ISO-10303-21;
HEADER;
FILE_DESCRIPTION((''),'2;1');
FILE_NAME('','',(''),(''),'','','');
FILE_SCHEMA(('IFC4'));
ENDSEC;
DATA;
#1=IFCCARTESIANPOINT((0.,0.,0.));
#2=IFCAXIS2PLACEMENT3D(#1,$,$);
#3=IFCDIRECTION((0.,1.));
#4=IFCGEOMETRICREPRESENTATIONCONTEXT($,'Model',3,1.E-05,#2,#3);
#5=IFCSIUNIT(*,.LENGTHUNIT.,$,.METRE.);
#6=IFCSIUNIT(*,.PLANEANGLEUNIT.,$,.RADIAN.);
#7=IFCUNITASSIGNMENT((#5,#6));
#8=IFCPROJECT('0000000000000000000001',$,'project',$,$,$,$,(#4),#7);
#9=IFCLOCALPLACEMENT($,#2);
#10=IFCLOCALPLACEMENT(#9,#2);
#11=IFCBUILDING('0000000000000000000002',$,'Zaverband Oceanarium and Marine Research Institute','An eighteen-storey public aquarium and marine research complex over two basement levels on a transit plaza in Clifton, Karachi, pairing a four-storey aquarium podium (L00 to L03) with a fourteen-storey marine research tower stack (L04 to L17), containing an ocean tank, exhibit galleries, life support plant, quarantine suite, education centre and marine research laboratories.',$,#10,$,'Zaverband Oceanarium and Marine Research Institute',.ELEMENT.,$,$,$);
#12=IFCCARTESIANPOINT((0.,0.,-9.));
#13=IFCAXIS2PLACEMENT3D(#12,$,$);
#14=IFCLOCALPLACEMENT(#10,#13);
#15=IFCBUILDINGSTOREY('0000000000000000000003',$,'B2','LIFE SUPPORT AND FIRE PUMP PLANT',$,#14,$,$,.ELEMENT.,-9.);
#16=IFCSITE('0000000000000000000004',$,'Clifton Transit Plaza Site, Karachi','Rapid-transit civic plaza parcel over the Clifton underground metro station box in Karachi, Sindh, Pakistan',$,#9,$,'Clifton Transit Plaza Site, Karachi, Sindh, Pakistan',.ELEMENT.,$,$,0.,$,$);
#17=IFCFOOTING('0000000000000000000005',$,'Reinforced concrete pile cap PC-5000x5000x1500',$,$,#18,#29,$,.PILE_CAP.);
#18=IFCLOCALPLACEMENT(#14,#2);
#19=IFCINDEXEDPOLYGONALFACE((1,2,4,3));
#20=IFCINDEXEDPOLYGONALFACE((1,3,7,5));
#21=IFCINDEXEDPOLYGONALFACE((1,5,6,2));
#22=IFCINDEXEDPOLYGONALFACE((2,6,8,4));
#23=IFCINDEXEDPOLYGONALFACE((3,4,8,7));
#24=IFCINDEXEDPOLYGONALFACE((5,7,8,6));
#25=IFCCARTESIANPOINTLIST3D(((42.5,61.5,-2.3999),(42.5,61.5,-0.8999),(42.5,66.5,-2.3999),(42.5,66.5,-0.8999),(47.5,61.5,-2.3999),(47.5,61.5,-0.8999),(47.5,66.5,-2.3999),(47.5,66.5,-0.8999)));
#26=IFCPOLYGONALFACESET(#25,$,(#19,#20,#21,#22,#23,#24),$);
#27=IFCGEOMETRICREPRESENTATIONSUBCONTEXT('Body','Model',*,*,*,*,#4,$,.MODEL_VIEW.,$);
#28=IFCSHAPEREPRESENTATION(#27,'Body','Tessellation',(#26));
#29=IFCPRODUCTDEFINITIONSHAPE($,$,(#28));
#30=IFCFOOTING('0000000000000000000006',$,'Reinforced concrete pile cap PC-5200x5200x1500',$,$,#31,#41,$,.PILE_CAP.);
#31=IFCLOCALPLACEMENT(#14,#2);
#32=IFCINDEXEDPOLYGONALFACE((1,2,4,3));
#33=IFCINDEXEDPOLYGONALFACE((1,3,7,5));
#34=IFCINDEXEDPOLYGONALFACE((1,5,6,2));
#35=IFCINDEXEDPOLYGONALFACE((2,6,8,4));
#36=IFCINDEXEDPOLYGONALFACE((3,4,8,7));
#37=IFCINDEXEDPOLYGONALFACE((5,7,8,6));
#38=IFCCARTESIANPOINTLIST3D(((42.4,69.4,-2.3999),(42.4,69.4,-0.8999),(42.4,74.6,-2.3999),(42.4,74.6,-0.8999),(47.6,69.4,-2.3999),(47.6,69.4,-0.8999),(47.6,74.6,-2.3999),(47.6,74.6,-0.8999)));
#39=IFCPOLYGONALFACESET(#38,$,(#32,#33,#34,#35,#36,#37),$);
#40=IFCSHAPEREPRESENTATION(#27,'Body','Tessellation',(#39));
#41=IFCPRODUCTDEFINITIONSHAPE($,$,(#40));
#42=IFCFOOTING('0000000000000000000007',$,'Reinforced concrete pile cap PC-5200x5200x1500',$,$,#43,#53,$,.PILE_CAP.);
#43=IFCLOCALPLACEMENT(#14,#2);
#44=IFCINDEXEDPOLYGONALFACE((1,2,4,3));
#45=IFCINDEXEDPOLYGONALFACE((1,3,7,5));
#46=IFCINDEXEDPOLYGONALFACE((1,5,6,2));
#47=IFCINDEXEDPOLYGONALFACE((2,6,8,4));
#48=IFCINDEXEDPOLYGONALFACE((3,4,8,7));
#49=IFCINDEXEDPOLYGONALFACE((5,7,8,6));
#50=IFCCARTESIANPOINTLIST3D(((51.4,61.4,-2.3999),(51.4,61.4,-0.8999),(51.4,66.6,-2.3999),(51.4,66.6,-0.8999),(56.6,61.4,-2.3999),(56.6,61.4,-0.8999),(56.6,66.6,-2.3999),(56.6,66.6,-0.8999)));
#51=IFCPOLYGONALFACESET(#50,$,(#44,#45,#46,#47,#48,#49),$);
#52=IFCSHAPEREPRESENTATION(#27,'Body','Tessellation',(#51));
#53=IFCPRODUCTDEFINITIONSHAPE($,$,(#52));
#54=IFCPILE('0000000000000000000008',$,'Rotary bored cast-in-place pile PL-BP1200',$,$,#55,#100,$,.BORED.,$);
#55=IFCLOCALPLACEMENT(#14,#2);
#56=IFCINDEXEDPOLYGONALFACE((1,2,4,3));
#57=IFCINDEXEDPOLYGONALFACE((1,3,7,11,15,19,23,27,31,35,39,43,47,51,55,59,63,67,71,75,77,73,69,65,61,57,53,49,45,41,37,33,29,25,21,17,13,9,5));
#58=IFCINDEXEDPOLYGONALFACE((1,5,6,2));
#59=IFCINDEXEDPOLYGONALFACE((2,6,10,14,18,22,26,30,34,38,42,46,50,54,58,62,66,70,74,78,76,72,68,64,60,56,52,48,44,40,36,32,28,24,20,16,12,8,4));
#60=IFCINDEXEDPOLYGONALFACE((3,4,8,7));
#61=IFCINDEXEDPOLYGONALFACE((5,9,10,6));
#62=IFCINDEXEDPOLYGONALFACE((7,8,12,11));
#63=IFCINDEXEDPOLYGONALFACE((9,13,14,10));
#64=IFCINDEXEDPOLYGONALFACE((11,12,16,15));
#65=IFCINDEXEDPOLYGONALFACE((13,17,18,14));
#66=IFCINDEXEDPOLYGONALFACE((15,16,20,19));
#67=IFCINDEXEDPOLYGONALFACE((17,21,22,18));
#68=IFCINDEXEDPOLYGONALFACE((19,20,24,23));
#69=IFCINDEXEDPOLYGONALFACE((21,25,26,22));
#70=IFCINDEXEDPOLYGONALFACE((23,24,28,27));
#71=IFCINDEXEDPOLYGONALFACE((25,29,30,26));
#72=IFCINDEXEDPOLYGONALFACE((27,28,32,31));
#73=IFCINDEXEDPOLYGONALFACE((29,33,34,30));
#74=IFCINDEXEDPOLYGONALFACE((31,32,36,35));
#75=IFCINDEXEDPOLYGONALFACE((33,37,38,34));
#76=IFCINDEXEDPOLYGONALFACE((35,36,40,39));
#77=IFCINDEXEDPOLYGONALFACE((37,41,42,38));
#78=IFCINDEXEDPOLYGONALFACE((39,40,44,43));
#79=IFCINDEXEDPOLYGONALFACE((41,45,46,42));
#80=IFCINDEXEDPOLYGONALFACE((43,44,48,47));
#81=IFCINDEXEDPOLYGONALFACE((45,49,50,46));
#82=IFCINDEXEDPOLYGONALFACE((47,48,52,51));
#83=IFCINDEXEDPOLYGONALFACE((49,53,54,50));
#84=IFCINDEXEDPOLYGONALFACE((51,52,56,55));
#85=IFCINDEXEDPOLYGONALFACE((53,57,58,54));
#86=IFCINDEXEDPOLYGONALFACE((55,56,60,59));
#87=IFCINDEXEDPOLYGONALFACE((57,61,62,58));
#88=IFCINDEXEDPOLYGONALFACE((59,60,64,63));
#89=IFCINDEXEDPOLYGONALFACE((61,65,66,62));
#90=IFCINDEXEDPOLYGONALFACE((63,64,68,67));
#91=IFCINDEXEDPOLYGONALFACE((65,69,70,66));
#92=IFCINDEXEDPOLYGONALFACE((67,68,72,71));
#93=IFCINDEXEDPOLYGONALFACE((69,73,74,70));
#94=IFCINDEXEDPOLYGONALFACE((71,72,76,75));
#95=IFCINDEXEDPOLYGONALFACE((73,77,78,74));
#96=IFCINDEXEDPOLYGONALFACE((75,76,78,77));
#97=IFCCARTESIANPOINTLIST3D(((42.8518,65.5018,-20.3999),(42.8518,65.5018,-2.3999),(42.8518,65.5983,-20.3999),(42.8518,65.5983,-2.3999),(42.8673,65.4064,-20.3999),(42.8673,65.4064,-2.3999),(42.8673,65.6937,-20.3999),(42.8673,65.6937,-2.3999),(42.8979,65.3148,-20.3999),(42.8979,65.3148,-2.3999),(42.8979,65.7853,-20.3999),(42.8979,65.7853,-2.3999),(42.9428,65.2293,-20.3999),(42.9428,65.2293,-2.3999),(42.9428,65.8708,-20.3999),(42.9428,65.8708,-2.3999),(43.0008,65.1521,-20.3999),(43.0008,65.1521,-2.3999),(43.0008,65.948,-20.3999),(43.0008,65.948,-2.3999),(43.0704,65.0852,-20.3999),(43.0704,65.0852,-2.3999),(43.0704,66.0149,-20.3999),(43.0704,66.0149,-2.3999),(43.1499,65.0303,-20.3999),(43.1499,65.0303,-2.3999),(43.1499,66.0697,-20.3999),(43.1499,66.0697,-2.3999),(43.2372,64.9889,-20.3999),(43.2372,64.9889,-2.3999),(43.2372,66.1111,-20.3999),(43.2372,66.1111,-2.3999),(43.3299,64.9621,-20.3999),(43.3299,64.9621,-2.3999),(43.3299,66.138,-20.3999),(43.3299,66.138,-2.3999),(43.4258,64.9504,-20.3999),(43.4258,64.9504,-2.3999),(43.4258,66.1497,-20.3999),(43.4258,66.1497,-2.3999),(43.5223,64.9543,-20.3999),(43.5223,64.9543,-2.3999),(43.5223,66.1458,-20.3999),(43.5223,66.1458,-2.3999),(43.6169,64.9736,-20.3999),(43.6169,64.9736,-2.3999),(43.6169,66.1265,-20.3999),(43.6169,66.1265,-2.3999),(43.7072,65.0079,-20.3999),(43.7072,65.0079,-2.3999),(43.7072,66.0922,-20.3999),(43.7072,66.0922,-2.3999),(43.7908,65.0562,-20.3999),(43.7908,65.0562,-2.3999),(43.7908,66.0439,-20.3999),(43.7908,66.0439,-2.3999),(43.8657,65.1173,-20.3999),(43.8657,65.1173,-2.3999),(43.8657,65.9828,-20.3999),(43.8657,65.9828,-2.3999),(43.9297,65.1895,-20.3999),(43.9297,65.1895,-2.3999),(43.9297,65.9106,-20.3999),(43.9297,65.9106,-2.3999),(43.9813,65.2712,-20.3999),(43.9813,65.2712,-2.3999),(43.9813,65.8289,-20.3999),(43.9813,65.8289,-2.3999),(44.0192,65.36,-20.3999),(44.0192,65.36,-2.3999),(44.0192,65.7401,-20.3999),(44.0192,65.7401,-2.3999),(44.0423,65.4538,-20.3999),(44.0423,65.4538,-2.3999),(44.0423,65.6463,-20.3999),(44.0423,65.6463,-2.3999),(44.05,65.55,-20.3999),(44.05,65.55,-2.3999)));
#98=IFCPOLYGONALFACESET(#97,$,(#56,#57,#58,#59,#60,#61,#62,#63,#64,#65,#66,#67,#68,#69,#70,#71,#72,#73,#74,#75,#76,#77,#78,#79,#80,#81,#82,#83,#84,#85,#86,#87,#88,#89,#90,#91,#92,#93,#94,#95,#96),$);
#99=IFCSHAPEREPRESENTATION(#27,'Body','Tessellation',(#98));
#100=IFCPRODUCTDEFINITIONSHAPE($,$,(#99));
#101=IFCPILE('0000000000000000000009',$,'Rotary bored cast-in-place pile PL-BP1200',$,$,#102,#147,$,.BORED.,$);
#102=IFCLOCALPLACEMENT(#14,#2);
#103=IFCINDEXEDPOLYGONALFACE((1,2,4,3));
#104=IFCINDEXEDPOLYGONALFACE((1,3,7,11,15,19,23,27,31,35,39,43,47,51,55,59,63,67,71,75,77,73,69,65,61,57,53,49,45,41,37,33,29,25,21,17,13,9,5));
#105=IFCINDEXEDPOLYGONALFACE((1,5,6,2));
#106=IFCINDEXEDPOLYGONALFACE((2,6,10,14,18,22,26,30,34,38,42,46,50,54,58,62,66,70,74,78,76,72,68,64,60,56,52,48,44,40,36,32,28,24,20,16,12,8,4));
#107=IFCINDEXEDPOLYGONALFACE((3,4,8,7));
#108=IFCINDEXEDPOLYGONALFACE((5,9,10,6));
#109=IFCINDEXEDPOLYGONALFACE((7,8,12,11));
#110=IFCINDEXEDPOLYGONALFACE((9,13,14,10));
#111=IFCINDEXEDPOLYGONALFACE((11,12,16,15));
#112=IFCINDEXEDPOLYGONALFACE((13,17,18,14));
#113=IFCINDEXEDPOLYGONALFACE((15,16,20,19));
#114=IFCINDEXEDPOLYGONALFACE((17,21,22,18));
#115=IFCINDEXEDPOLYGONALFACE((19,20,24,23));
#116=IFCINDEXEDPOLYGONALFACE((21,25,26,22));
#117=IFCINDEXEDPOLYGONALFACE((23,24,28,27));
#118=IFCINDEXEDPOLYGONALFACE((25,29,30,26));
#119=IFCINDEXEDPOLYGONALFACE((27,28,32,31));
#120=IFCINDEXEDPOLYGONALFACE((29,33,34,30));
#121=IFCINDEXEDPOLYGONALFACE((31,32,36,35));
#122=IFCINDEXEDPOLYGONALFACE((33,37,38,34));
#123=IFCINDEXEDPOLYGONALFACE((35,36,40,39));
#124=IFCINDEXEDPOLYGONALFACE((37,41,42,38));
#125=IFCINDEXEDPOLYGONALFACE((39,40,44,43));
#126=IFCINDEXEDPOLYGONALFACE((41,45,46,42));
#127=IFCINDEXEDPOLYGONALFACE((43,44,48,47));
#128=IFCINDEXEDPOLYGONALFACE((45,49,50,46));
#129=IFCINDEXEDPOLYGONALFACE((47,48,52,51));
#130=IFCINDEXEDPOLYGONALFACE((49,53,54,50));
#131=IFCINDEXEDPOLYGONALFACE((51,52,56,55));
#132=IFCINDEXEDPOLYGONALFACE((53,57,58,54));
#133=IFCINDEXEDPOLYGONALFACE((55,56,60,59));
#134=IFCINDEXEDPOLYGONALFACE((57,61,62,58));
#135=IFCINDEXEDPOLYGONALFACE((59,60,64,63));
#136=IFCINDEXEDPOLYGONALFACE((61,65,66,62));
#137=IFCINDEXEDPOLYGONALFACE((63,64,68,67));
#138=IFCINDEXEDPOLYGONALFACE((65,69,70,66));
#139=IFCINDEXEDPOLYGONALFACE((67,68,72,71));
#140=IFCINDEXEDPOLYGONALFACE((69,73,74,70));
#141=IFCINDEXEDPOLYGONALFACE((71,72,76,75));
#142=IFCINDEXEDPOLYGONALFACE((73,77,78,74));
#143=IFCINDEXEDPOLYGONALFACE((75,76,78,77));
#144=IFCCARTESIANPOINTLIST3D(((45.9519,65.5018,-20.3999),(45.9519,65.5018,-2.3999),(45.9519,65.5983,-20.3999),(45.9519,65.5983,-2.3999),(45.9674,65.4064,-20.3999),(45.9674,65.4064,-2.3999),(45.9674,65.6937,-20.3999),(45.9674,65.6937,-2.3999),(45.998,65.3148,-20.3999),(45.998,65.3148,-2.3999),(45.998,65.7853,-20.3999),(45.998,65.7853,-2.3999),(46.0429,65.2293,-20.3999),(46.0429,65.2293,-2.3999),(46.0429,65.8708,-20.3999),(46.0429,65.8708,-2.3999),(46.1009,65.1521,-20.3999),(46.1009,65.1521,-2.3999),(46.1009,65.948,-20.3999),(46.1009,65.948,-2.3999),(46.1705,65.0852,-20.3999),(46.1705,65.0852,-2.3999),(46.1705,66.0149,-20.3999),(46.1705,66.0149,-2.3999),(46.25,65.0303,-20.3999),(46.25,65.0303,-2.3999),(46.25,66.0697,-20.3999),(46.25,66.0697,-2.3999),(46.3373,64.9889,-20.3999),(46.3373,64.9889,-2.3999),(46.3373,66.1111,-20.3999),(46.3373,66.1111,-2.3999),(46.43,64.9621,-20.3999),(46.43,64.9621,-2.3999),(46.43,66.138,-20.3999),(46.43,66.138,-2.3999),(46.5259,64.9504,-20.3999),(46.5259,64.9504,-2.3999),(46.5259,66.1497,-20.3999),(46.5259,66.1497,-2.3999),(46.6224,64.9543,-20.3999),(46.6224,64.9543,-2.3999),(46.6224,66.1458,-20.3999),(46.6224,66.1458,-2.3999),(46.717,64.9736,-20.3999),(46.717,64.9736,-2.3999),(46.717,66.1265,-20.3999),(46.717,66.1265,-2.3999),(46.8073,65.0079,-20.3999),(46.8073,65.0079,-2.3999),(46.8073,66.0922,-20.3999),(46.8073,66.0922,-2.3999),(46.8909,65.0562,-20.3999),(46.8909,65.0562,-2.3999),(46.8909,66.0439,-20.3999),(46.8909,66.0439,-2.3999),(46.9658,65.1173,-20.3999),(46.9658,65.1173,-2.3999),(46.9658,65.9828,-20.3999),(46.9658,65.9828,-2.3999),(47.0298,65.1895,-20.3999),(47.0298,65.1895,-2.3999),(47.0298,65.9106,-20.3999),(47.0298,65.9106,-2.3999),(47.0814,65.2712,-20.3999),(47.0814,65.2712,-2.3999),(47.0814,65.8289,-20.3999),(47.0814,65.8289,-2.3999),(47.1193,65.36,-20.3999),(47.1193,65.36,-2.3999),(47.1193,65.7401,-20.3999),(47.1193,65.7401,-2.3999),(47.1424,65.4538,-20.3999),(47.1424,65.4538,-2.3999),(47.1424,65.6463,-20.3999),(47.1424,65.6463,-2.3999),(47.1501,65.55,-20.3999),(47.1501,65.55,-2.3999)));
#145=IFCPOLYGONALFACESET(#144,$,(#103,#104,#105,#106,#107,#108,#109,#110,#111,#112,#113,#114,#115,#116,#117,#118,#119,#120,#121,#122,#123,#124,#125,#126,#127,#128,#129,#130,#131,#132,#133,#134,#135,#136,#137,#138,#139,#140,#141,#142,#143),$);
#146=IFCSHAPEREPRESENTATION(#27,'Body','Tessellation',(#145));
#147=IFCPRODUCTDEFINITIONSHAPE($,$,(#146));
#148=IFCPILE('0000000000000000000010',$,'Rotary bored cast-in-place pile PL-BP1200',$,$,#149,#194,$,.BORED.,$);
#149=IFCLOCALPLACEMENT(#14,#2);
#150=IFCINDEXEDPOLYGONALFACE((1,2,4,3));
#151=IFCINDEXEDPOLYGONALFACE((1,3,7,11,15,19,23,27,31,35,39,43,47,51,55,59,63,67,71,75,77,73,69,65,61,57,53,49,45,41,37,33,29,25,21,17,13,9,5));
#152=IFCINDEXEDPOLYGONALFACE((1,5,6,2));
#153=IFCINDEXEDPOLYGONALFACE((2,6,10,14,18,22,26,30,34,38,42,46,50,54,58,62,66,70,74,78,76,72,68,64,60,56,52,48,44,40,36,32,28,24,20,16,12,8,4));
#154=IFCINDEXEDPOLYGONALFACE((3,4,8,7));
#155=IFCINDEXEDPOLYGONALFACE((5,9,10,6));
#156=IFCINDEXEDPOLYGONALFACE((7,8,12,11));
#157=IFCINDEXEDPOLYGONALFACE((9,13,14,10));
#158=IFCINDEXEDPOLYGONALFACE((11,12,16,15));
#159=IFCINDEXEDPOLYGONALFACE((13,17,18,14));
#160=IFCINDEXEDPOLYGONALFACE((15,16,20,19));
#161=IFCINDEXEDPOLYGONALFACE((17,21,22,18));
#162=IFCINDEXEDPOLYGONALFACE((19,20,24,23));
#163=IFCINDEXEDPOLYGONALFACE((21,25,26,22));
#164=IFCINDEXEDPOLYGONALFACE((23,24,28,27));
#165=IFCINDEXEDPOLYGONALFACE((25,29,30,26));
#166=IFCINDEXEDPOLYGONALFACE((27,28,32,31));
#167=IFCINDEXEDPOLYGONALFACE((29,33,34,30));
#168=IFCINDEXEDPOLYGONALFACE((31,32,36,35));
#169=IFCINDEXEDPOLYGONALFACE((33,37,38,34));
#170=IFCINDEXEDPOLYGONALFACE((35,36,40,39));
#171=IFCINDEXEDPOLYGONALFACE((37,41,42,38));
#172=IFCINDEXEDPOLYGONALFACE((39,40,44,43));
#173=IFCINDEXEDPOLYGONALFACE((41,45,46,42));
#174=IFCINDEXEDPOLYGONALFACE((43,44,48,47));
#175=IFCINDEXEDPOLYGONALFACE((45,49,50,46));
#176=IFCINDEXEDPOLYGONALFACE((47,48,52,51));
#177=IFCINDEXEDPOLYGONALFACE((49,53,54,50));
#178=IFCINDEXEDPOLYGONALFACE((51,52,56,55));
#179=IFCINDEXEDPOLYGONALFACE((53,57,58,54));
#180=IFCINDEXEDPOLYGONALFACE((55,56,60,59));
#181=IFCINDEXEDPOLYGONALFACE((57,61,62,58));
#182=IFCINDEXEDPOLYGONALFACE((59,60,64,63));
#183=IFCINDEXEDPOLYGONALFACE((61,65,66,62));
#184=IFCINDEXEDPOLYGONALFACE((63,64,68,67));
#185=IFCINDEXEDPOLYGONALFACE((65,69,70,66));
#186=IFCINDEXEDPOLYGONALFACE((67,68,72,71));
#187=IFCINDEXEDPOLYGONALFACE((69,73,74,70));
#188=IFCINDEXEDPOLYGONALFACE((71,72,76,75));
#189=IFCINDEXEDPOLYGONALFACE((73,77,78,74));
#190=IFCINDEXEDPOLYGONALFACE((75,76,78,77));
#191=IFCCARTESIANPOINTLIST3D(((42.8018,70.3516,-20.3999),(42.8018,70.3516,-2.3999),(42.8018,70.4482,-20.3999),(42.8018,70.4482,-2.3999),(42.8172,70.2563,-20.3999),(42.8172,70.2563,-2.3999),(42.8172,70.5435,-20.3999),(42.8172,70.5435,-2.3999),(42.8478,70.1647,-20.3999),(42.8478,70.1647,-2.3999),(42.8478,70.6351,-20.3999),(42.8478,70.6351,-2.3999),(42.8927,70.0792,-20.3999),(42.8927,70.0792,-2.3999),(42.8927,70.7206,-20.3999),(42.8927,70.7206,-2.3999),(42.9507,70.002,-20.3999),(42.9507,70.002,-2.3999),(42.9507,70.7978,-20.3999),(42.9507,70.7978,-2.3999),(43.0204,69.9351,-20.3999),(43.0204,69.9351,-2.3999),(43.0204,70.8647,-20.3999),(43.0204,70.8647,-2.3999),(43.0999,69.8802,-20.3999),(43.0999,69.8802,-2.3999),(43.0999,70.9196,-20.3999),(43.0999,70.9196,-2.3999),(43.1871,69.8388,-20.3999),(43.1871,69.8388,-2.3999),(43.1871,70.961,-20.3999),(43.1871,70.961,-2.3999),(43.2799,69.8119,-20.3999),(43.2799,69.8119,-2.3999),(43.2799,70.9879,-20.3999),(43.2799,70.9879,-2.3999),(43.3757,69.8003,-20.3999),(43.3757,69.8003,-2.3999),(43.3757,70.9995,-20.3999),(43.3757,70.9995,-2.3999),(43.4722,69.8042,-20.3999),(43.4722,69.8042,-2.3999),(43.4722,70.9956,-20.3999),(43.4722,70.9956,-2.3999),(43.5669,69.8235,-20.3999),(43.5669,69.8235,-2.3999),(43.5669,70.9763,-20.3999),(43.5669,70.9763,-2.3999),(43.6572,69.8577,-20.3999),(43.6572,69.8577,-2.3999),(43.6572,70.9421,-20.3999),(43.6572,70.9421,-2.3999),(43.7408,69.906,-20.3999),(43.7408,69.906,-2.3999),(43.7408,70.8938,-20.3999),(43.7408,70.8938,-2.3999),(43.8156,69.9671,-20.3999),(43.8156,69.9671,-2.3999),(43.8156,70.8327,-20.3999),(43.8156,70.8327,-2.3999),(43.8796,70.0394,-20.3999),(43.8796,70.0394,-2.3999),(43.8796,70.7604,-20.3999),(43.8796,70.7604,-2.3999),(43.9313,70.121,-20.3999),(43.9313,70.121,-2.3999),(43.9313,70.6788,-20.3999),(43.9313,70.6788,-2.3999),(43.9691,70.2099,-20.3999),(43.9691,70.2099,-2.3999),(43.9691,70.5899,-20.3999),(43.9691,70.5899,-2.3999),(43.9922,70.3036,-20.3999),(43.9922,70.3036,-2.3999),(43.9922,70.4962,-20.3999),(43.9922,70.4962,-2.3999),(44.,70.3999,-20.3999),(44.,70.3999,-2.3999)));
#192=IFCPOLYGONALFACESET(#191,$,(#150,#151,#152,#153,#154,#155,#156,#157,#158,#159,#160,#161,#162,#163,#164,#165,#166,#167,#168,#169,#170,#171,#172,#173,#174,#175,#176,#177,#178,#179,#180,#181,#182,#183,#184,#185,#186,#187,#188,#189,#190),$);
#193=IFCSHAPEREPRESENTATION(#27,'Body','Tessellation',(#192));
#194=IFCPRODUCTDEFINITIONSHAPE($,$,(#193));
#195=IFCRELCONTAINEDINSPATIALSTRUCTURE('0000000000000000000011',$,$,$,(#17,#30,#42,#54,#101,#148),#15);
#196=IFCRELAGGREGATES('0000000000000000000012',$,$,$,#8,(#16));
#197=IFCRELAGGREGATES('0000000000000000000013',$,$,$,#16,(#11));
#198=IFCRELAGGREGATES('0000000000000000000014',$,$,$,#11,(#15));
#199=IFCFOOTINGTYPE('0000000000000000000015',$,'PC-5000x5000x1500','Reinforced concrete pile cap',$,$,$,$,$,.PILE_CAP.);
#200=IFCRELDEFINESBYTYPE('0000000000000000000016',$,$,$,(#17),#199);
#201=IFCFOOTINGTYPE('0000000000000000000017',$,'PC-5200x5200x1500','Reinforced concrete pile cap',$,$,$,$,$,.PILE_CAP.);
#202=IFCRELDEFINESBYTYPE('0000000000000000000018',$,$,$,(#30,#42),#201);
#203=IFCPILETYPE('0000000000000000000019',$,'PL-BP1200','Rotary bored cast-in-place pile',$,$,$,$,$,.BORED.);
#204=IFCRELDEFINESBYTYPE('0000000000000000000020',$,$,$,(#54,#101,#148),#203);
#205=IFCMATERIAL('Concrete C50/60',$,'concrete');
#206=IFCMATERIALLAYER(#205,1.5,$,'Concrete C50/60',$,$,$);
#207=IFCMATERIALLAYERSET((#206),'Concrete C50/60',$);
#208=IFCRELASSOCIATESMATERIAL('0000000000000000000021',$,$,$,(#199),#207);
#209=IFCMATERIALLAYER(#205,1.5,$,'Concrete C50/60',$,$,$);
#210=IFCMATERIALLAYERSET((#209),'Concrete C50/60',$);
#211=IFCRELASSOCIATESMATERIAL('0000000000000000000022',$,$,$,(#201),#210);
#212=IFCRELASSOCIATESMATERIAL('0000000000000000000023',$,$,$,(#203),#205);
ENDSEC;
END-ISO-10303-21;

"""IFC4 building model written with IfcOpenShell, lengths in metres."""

from ifc_helpers import new_model, si_unit, direction, frame, origin, origin_2d, place, context, subcontext, project, spatial, rectangle, circle, extrude, material, layer, layer_set, material_profile, profile_set, type_object, element, save


model = new_model("IFC4")

# Units and contexts
model_context = context("Model", 3, precision=1e-05, world=origin(), true_north=direction((0.0, 1.0)))
body_context = subcontext(model_context, "Body", "Model", "MODEL_VIEW")
ifc_project = project(units=[si_unit("LENGTHUNIT", "METRE"), si_unit("PLANEANGLEUNIT", "RADIAN")], contexts=[model_context])

# Site, building, storey
site_placement = place(None, origin())
site = spatial("IfcSite", under=ifc_project, at=site_placement, Name="Clifton Transit Plaza Site, Karachi", Description="Rapid-transit civic plaza parcel over the Clifton underground metro station box in Karachi, Sindh, Pakistan", LongName="Clifton Transit Plaza Site, Karachi, Sindh, Pakistan", CompositionType="ELEMENT", RefElevation=0.0)
building_placement = place(site_placement, origin())
building = spatial("IfcBuilding", under=site, at=building_placement, Name="Zaverband Oceanarium and Marine Research Institute", Description="An eighteen-storey public aquarium and marine research complex over two basement levels on a transit plaza in Clifton, Karachi, pairing a four-storey aquarium podium (L00 to L03) with a fourteen-storey marine research tower stack (L04 to L17), containing an ocean tank, exhibit galleries, life support plant, quarantine suite, education centre and marine research laboratories.", LongName="Zaverband Oceanarium and Marine Research Institute", CompositionType="ELEMENT")
storey_placement = place(building_placement, frame((0.0, 0.0, -9.0)))
storey = spatial("IfcBuildingStorey", under=building, at=storey_placement, Name="B2", Description="LIFE SUPPORT AND FIRE PUMP PLANT", CompositionType="ELEMENT", Elevation=-9.0)

# Footings
ifc_material_1 = material(Name="Concrete C50/60", Category="concrete")
ifc_layer_1 = layer(ifc_material_1, 1.5, Name="Concrete C50/60")
ifc_layer_set_1 = layer_set([ifc_layer_1], Name="Concrete C50/60")
footing_type_1 = type_object("IfcFootingType", Name="PC-5000x5000x1500", Description="Reinforced concrete pile cap", PredefinedType="PILE_CAP", material=ifc_layer_set_1)
footing_placement = place(storey_placement, frame((45.0, 64.0, -2.3999), z_axis=(0.0, 0.0, 1.0), x_axis=(1.0, 0.0, 0.0)))
element("IfcFooting", 1, at=footing_placement, inside=storey, type_object=footing_type_1, Name="Reinforced concrete pile cap PC-5000x5000x1500", PredefinedType="PILE_CAP", context=body_context, shape_type="SweptSolid", body=[
    extrude(rectangle(XDim=5.0, YDim=5.0, at=origin_2d()), origin(), (0.0, 0.0, 1.0), 1.5),
])
ifc_layer_2 = layer(ifc_material_1, 1.5, Name="Concrete C50/60")
ifc_layer_set_2 = layer_set([ifc_layer_2], Name="Concrete C50/60")
footing_type_2 = type_object("IfcFootingType", Name="PC-5200x5200x1500", Description="Reinforced concrete pile cap", PredefinedType="PILE_CAP", material=ifc_layer_set_2)
for number, where, z_axis, x_axis, name in (
    (2, (45.0, 72.0, -2.3999), (0.0, 0.0, 1.0), (1.0, 0.0, 0.0), "Reinforced concrete pile cap PC-5200x5200x1500"),
    (3, (54.0, 64.0, -2.3999), (0.0, 0.0, 1.0), (1.0, 0.0, 0.0), "Reinforced concrete pile cap PC-5200x5200x1500"),
):
    element("IfcFooting", number, at=place(storey_placement, frame(where, z_axis=z_axis, x_axis=x_axis)), inside=storey, type_object=footing_type_2, Name=name, PredefinedType="PILE_CAP", context=body_context, shape_type="SweptSolid", body=[
        extrude(rectangle(XDim=5.2, YDim=5.2, at=origin_2d()), origin(), (0.0, 0.0, 1.0), 1.5),
    ])

# Piles
ifc_material_profile_1 = material_profile(ifc_material_1, circle(Radius=0.6001, at=origin_2d()), Name="BP1200")
ifc_profile_set_1 = profile_set([ifc_material_profile_1], Name="Concrete C50/60")
pile_type = type_object("IfcPileType", Name="PL-BP1200", Description="Rotary bored cast-in-place pile", PredefinedType="BORED", material=ifc_profile_set_1)
for number, where, z_axis, x_axis, name in (
    (4, (43.45, 65.55, -2.3999), (0.0, 0.0, -1.0), (1.0, 0.0, 0.0), "Rotary bored cast-in-place pile PL-BP1200"),
    (5, (46.55, 65.55, -2.3999), (0.0, 0.0, -1.0), (1.0, 0.0, 0.0), "Rotary bored cast-in-place pile PL-BP1200"),
    (6, (43.3999, 70.3999, -2.3999), (0.0, 0.0, -1.0), (1.0, 0.0, 0.0), "Rotary bored cast-in-place pile PL-BP1200"),
):
    element("IfcPile", number, at=place(storey_placement, frame(where, z_axis=z_axis, x_axis=x_axis)), inside=storey, type_object=pile_type, Name=name, PredefinedType="BORED", context=body_context, shape_type="SweptSolid", body=[
        extrude(circle(Radius=0.6001, at=origin_2d()), origin(), (0.0, 0.0, 1.0), 18.0),
    ])

save(model, "model.ifc")
